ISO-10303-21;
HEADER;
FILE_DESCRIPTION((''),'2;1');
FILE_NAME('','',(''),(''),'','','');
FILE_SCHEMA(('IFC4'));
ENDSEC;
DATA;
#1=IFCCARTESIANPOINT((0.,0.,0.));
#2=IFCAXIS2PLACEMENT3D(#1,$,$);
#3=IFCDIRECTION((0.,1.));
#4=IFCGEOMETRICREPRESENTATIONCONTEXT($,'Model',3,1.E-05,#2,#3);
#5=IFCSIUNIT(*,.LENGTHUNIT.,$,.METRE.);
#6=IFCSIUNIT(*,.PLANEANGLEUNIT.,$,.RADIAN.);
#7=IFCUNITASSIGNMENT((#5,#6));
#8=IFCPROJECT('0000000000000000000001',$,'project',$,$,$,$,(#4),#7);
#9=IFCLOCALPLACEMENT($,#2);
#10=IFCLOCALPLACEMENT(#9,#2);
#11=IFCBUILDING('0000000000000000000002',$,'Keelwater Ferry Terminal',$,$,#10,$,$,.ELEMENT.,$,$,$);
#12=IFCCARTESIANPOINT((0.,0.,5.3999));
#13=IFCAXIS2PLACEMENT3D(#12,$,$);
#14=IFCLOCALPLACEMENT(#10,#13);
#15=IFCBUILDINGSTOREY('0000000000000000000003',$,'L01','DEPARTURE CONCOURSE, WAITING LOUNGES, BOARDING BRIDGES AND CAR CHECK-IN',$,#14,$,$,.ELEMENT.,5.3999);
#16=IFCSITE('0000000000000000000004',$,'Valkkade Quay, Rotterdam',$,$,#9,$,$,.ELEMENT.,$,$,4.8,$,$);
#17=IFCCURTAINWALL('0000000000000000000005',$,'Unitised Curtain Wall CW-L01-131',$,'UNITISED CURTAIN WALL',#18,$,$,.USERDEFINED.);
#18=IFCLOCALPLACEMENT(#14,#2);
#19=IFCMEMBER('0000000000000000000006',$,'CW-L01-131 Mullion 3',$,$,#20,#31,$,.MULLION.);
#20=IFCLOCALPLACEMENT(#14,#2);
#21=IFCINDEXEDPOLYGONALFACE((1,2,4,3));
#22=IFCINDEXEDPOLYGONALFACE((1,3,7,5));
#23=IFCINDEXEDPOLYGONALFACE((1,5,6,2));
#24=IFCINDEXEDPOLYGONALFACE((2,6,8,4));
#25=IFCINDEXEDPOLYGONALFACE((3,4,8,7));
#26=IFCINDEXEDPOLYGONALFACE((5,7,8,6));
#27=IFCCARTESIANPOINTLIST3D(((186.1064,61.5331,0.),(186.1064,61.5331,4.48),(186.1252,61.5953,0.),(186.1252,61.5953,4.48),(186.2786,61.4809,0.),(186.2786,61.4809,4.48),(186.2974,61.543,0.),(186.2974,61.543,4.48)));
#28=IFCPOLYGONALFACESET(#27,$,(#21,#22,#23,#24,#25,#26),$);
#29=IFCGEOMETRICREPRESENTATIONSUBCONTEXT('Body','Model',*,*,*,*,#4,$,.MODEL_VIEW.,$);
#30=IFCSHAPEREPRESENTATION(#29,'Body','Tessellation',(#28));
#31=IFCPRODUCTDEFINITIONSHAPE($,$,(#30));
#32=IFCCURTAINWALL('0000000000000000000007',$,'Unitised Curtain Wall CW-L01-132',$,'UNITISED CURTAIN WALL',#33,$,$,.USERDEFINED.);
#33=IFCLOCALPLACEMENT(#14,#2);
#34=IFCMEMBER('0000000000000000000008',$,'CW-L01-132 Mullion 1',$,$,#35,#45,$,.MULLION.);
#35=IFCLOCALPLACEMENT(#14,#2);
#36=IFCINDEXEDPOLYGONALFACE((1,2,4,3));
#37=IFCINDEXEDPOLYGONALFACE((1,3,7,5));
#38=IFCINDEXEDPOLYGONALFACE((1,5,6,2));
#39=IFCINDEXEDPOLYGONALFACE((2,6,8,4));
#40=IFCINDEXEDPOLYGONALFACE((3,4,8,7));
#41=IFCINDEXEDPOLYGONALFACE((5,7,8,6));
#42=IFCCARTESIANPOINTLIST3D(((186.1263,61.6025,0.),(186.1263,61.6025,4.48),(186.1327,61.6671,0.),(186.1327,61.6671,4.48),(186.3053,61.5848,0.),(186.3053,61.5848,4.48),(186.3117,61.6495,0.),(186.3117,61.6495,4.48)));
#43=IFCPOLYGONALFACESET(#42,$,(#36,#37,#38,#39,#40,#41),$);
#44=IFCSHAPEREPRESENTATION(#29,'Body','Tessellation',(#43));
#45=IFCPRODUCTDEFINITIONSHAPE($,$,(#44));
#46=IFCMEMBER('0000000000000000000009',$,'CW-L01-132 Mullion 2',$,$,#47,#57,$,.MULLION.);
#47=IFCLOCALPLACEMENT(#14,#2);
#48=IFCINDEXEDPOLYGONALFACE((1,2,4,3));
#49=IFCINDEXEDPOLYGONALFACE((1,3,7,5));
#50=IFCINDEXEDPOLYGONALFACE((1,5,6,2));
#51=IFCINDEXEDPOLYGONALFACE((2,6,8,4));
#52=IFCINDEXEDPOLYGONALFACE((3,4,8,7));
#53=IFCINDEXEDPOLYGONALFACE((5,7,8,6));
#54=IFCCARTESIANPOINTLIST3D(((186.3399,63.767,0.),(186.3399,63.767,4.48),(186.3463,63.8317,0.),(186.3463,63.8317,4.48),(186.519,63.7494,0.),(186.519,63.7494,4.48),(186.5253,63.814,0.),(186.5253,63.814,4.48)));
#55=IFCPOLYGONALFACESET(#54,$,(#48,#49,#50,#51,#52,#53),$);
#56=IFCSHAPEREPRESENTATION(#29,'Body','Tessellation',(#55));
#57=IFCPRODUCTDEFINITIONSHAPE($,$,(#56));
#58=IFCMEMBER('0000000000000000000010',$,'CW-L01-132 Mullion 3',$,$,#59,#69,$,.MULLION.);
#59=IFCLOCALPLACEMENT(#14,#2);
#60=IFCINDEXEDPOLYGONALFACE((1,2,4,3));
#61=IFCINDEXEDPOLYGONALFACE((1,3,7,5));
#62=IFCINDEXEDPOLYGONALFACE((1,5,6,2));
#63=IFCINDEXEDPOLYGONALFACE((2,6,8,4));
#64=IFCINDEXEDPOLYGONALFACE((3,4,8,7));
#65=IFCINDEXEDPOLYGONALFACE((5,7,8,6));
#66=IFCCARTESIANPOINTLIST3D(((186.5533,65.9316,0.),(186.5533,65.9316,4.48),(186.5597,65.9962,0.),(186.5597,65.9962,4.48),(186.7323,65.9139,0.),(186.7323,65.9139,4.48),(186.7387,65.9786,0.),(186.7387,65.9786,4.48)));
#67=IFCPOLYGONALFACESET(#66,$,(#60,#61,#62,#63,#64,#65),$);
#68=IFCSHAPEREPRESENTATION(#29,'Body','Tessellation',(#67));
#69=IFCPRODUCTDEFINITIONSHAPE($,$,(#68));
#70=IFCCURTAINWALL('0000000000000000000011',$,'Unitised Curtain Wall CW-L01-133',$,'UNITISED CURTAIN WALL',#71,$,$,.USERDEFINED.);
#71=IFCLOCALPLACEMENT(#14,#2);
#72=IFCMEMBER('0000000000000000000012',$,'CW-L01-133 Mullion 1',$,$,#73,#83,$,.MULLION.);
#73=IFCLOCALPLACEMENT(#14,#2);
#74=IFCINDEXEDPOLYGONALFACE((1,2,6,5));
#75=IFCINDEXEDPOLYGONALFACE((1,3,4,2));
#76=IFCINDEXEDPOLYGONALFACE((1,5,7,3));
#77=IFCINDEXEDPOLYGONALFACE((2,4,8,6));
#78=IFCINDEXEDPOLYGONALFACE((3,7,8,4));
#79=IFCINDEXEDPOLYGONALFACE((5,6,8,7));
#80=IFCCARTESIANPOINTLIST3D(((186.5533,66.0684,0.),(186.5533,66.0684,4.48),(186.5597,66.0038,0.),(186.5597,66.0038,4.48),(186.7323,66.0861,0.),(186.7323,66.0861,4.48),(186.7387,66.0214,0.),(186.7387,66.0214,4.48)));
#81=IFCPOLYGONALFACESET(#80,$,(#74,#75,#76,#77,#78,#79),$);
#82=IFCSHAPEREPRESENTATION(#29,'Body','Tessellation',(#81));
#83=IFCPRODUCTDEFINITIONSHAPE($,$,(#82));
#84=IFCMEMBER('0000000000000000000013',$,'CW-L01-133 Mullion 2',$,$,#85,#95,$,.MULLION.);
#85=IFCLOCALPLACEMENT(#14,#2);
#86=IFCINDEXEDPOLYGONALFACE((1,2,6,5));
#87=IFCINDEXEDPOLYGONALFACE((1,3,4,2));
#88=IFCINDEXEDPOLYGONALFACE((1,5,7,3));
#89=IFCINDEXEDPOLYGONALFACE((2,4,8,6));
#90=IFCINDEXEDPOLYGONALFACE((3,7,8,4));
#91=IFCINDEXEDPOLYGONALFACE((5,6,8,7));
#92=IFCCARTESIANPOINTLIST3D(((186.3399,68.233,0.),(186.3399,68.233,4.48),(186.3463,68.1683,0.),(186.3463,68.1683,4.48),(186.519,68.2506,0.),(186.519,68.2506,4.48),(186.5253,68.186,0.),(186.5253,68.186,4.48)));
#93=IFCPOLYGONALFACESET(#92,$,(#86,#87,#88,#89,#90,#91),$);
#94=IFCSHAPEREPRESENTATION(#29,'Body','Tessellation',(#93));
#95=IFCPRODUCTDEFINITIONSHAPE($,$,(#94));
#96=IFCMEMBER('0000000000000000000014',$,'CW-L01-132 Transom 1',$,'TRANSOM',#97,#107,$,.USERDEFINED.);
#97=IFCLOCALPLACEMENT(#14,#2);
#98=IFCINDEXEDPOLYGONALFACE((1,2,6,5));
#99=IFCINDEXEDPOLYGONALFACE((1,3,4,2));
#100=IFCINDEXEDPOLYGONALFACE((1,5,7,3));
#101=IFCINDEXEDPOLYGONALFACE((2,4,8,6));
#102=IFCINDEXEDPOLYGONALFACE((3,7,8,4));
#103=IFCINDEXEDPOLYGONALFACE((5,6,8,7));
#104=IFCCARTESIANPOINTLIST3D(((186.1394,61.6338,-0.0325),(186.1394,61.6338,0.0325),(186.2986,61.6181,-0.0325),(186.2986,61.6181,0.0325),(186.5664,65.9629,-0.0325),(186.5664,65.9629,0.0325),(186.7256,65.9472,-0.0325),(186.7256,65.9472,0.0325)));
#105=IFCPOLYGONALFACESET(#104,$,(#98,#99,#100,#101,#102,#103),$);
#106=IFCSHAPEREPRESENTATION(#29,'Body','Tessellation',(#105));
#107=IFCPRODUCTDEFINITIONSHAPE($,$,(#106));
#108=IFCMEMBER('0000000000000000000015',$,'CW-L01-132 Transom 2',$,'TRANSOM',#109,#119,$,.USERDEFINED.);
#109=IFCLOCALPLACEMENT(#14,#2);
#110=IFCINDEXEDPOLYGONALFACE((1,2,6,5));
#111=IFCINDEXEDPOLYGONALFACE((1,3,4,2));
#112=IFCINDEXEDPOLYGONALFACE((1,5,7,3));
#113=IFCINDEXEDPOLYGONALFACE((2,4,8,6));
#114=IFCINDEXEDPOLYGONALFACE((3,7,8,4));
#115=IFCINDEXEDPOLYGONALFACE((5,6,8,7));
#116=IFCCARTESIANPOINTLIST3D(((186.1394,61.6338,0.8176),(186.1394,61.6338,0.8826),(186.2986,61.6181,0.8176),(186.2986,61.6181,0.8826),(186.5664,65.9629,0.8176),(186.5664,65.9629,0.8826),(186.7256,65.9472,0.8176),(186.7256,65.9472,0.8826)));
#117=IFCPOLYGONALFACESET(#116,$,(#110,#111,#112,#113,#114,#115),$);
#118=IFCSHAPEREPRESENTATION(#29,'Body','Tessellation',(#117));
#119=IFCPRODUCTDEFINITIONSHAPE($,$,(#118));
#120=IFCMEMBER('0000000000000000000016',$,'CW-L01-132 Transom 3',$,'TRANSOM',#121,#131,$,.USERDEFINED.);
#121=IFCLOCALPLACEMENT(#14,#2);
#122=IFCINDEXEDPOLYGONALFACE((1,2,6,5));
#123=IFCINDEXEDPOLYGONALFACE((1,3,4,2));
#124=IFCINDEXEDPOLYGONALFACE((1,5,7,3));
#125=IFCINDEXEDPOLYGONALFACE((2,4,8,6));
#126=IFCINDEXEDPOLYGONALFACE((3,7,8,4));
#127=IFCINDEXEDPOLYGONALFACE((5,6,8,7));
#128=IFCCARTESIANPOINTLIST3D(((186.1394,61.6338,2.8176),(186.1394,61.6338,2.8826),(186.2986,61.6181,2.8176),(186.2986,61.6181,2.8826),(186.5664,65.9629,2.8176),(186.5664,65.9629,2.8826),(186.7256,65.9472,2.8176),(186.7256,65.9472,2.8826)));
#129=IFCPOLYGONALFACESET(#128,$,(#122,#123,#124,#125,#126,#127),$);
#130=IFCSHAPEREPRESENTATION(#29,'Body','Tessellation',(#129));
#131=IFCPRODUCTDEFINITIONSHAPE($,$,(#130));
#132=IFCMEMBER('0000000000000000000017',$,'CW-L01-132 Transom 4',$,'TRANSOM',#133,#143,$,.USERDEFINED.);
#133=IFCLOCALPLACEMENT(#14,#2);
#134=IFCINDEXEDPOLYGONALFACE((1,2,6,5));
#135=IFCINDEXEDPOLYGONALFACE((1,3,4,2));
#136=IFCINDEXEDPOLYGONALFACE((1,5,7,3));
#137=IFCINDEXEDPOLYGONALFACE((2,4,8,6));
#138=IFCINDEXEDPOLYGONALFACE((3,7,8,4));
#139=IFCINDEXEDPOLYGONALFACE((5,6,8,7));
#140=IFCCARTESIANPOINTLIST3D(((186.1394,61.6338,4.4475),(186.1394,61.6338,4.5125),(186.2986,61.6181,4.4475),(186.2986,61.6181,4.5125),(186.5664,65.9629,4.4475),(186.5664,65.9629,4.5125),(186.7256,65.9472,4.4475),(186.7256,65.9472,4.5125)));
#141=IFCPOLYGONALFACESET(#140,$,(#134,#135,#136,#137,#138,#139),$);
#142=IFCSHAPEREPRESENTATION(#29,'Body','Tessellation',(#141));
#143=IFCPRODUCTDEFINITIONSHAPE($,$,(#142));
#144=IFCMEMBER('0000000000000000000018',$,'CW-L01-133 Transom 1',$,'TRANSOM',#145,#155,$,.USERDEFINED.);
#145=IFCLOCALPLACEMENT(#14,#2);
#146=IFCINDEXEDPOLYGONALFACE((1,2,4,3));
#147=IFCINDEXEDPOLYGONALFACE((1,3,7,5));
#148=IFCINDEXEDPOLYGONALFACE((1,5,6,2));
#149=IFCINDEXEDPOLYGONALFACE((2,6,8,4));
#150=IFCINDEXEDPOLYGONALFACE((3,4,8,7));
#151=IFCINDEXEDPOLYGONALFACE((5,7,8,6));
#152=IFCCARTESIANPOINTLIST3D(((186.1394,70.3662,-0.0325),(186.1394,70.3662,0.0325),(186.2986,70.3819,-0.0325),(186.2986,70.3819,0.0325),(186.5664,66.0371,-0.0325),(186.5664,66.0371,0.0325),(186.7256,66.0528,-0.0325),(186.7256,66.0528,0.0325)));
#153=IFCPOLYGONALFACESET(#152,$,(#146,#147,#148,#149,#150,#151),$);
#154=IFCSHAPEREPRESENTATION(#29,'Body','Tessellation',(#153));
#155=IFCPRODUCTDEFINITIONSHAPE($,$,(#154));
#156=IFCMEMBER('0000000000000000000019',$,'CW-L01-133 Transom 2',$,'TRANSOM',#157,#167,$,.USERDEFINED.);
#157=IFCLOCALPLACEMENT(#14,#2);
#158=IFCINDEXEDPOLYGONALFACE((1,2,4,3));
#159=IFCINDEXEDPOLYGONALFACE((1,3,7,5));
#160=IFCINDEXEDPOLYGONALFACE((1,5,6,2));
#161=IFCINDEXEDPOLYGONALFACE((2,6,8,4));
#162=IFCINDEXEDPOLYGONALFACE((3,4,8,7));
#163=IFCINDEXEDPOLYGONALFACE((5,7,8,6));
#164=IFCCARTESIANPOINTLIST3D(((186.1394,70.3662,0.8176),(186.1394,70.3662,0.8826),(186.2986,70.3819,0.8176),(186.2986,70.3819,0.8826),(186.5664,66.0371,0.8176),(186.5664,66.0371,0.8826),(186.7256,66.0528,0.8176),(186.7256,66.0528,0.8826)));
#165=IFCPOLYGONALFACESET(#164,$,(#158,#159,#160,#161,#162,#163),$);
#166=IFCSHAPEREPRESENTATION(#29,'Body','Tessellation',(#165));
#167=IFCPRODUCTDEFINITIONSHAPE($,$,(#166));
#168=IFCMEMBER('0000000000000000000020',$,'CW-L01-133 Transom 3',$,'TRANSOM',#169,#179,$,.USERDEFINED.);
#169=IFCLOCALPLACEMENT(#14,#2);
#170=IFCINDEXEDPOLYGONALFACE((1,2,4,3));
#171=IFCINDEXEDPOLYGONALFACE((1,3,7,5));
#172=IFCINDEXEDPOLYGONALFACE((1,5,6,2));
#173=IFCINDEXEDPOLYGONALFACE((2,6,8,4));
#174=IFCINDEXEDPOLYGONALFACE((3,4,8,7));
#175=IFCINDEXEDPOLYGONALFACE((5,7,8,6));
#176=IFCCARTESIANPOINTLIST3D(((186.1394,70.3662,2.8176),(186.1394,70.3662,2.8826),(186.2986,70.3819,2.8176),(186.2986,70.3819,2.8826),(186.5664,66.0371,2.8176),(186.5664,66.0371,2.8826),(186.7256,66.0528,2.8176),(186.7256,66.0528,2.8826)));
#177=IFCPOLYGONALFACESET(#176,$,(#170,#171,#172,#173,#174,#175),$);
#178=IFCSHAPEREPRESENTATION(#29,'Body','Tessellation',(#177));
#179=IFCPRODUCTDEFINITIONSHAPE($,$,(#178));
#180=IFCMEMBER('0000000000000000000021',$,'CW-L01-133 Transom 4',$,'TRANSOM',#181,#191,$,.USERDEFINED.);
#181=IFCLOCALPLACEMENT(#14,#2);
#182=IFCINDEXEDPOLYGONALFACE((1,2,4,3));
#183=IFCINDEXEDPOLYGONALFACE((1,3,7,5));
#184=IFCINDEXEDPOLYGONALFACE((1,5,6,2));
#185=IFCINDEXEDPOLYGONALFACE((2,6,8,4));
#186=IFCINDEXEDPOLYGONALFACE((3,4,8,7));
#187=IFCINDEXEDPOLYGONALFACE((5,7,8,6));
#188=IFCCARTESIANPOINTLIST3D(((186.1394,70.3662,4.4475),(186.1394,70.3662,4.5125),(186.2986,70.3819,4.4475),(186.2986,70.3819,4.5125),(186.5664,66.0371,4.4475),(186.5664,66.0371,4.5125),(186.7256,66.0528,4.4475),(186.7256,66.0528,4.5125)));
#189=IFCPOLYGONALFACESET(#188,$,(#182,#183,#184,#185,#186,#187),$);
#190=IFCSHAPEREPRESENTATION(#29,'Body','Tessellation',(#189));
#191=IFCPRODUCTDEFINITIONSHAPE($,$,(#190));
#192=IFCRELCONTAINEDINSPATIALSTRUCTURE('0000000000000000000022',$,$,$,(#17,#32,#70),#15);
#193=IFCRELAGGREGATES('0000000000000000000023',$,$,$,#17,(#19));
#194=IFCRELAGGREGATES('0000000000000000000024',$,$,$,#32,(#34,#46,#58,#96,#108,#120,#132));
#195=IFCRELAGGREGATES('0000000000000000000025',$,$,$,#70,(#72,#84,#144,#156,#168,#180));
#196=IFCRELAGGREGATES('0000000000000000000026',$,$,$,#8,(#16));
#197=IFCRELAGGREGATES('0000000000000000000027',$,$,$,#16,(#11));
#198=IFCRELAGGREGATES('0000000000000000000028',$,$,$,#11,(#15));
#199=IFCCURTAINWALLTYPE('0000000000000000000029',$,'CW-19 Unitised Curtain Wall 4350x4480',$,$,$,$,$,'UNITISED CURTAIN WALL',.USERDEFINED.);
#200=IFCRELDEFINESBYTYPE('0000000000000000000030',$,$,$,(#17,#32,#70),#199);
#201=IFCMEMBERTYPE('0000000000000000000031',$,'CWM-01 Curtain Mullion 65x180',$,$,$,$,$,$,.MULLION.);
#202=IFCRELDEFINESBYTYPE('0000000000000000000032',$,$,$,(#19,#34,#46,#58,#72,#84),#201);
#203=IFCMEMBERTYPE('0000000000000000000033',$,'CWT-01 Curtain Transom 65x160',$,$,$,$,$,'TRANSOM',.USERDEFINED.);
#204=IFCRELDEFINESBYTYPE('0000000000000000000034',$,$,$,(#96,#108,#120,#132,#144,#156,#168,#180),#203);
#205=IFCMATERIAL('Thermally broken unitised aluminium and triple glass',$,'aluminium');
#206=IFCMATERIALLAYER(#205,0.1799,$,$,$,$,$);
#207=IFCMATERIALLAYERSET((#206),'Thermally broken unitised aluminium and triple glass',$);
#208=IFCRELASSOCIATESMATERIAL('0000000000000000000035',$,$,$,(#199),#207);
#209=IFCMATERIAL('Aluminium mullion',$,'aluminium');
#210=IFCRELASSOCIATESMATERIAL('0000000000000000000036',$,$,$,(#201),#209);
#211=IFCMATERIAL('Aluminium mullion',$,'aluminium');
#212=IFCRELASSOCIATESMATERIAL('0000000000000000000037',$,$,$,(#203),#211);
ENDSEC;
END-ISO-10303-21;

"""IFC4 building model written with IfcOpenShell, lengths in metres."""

from ifc_helpers import new_model, si_unit, direction, frame, origin, origin_2d, place, context, subcontext, project, spatial, rectangle, extrude, material, layer, layer_set, material_profile, profile_set, type_object, element, aggregate, save


model = new_model("IFC4")

# Units and contexts
model_context = context("Model", 3, precision=1e-05, world=origin(), true_north=direction((0.0, 1.0)))
body_context = subcontext(model_context, "Body", "Model", "MODEL_VIEW")
ifc_project = project(units=[si_unit("LENGTHUNIT", "METRE"), si_unit("PLANEANGLEUNIT", "RADIAN")], contexts=[model_context])

# Site, building, storey
site_placement = place(None, origin())
site = spatial("IfcSite", under=ifc_project, at=site_placement, Name="Valkkade Quay, Rotterdam", CompositionType="ELEMENT", RefElevation=4.8)
building_placement = place(site_placement, origin())
building = spatial("IfcBuilding", under=site, at=building_placement, Name="Keelwater Ferry Terminal", CompositionType="ELEMENT")
storey_placement = place(building_placement, frame((0.0, 0.0, 5.3999)))
storey = spatial("IfcBuildingStorey", under=building, at=storey_placement, Name="L01", Description="DEPARTURE CONCOURSE, WAITING LOUNGES, BOARDING BRIDGES AND CAR CHECK-IN", CompositionType="ELEMENT", Elevation=5.3999)

# Curtain wall, member
ifc_material_1 = material(Name="Thermally broken unitised aluminium and triple glass", Category="aluminium")
ifc_layer_1 = layer(ifc_material_1, 0.1799)
ifc_layer_set_1 = layer_set([ifc_layer_1], Name="Thermally broken unitised aluminium and triple glass")
curtain_wall_type = type_object("IfcCurtainWallType", Name="CW-19 Unitised Curtain Wall 4350x4480", ElementType="UNITISED CURTAIN WALL", PredefinedType="USERDEFINED", material=ifc_layer_set_1)
curtain_wall_1_placement = place(storey_placement, origin())
curtain_wall_1 = element("IfcCurtainWall", 1, at=curtain_wall_1_placement, inside=storey, type_object=curtain_wall_type, Name="Unitised Curtain Wall CW-L01-131", ObjectType="UNITISED CURTAIN WALL", PredefinedType="USERDEFINED")
ifc_material_2 = material(Name="Aluminium mullion", Category="aluminium")
ifc_material_profile_1 = material_profile(ifc_material_2, rectangle(XDim=0.0649, YDim=0.1799, at=origin_2d()), Name="CWM-01")
ifc_profile_set_1 = profile_set([ifc_material_profile_1], Name="Aluminium mullion")
member_type_1 = type_object("IfcMemberType", Name="CWM-01 Curtain Mullion 65x180", PredefinedType="MULLION", material=ifc_profile_set_1)
member_1_placement = place(storey_placement, frame((186.2019, 61.5381, 0.0), z_axis=(0.0, 0.0, 1.0), x_axis=(0.29032, 0.95693, 0.0)))
member_1 = element("IfcMember", 2, at=member_1_placement, type_object=member_type_1, Name="CW-L01-131 Mullion 3", PredefinedType="MULLION", context=body_context, shape_type="SweptSolid", body=[
    extrude(rectangle(XDim=0.0649, YDim=0.1799, at=origin_2d()), origin(), (0.0, 0.0, 1.0), 4.48),
])
aggregate(curtain_wall_1, [member_1])

# Curtain walls, members
curtain_wall_2_placement = place(storey_placement, origin())
curtain_wall_2 = element("IfcCurtainWall", 3, at=curtain_wall_2_placement, inside=storey, type_object=curtain_wall_type, Name="Unitised Curtain Wall CW-L01-132", ObjectType="UNITISED CURTAIN WALL", PredefinedType="USERDEFINED")
member_2_placement = place(storey_placement, frame((186.219, 61.626, 0.0), z_axis=(0.0, 0.0, 1.0), x_axis=(0.098161, 0.995171, 0.0)))
member_2 = element("IfcMember", 4, at=member_2_placement, type_object=member_type_1, Name="CW-L01-132 Mullion 1", PredefinedType="MULLION", context=body_context, shape_type="SweptSolid", body=[
    extrude(rectangle(XDim=0.0649, YDim=0.1799, at=origin_2d()), origin(), (0.0, 0.0, 1.0), 4.48),
])
member_3_placement = place(storey_placement, frame((186.4326, 63.7905, 0.0), z_axis=(0.0, 0.0, 1.0), x_axis=(0.098161, 0.995171, 0.0)))
member_3 = element("IfcMember", 5, at=member_3_placement, type_object=member_type_1, Name="CW-L01-132 Mullion 2", PredefinedType="MULLION", context=body_context, shape_type="SweptSolid", body=[
    extrude(rectangle(XDim=0.0649, YDim=0.1799, at=origin_2d()), origin(), (0.0, 0.0, 1.0), 4.48),
])
member_4_placement = place(storey_placement, frame((186.646, 65.9551, 0.0), z_axis=(0.0, 0.0, 1.0), x_axis=(0.098161, 0.995171, 0.0)))
member_4 = element("IfcMember", 6, at=member_4_placement, type_object=member_type_1, Name="CW-L01-132 Mullion 3", PredefinedType="MULLION", context=body_context, shape_type="SweptSolid", body=[
    extrude(rectangle(XDim=0.0649, YDim=0.1799, at=origin_2d()), origin(), (0.0, 0.0, 1.0), 4.48),
])
curtain_wall_3_placement = place(storey_placement, origin())
curtain_wall_3 = element("IfcCurtainWall", 7, at=curtain_wall_3_placement, inside=storey, type_object=curtain_wall_type, Name="Unitised Curtain Wall CW-L01-133", ObjectType="UNITISED CURTAIN WALL", PredefinedType="USERDEFINED")
member_5_placement = place(storey_placement, frame((186.646, 66.0449, 0.0), z_axis=(0.0, 0.0, 1.0), x_axis=(-0.098161, 0.995171, 0.0)))
member_5 = element("IfcMember", 8, at=member_5_placement, type_object=member_type_1, Name="CW-L01-133 Mullion 1", PredefinedType="MULLION", context=body_context, shape_type="SweptSolid", body=[
    extrude(rectangle(XDim=0.0649, YDim=0.1799, at=origin_2d()), origin(), (0.0, 0.0, 1.0), 4.48),
])
member_6_placement = place(storey_placement, frame((186.4326, 68.2095, 0.0), z_axis=(0.0, 0.0, 1.0), x_axis=(-0.098161, 0.995171, 0.0)))
member_6 = element("IfcMember", 9, at=member_6_placement, type_object=member_type_1, Name="CW-L01-133 Mullion 2", PredefinedType="MULLION", context=body_context, shape_type="SweptSolid", body=[
    extrude(rectangle(XDim=0.0649, YDim=0.1799, at=origin_2d()), origin(), (0.0, 0.0, 1.0), 4.48),
])

# Members
ifc_material_3 = material(Name="Aluminium mullion", Category="aluminium")
ifc_material_profile_2 = material_profile(ifc_material_3, rectangle(XDim=0.1599, YDim=0.0649, at=origin_2d()), Name="CWT-01")
ifc_profile_set_2 = profile_set([ifc_material_profile_2], Name="Aluminium mullion")
member_type_2 = type_object("IfcMemberType", Name="CWT-01 Curtain Transom 65x160", ElementType="TRANSOM", PredefinedType="USERDEFINED", material=ifc_profile_set_2)
member_7_placement = place(storey_placement, frame((186.219, 61.626, 0.0), z_axis=(0.098159, 0.995171, 0.0), x_axis=(-0.995171, 0.098159, 0.0)))
member_7 = element("IfcMember", 10, at=member_7_placement, type_object=member_type_2, Name="CW-L01-132 Transom 1", ObjectType="TRANSOM", PredefinedType="USERDEFINED", context=body_context, shape_type="SweptSolid", body=[
    extrude(rectangle(XDim=0.1599, YDim=0.0649, at=origin_2d()), origin(), (0.0, 0.0, 1.0), 4.3501),
])
member_8_placement = place(storey_placement, frame((186.219, 61.626, 0.8501), z_axis=(0.098159, 0.995171, 0.0), x_axis=(-0.995171, 0.098159, 0.0)))
member_8 = element("IfcMember", 11, at=member_8_placement, type_object=member_type_2, Name="CW-L01-132 Transom 2", ObjectType="TRANSOM", PredefinedType="USERDEFINED", context=body_context, shape_type="SweptSolid", body=[
    extrude(rectangle(XDim=0.1599, YDim=0.0649, at=origin_2d()), origin(), (0.0, 0.0, 1.0), 4.3501),
])
member_9_placement = place(storey_placement, frame((186.219, 61.626, 2.8501), z_axis=(0.098159, 0.995171, 0.0), x_axis=(-0.995171, 0.098159, 0.0)))
member_9 = element("IfcMember", 12, at=member_9_placement, type_object=member_type_2, Name="CW-L01-132 Transom 3", ObjectType="TRANSOM", PredefinedType="USERDEFINED", context=body_context, shape_type="SweptSolid", body=[
    extrude(rectangle(XDim=0.1599, YDim=0.0649, at=origin_2d()), origin(), (0.0, 0.0, 1.0), 4.3501),
])
member_10_placement = place(storey_placement, frame((186.219, 61.626, 4.48), z_axis=(0.098159, 0.995171, 0.0), x_axis=(-0.995171, 0.098159, 0.0)))
member_10 = element("IfcMember", 13, at=member_10_placement, type_object=member_type_2, Name="CW-L01-132 Transom 4", ObjectType="TRANSOM", PredefinedType="USERDEFINED", context=body_context, shape_type="SweptSolid", body=[
    extrude(rectangle(XDim=0.1599, YDim=0.0649, at=origin_2d()), origin(), (0.0, 0.0, 1.0), 4.3501),
])
member_11_placement = place(storey_placement, frame((186.646, 66.0449, 0.0), z_axis=(-0.098159, 0.995171, 0.0), x_axis=(-0.995171, -0.098159, 0.0)))
member_11 = element("IfcMember", 14, at=member_11_placement, type_object=member_type_2, Name="CW-L01-133 Transom 1", ObjectType="TRANSOM", PredefinedType="USERDEFINED", context=body_context, shape_type="SweptSolid", body=[
    extrude(rectangle(XDim=0.1599, YDim=0.0649, at=origin_2d()), origin(), (0.0, 0.0, 1.0), 4.3501),
])
member_12_placement = place(storey_placement, frame((186.646, 66.0449, 0.8501), z_axis=(-0.098159, 0.995171, 0.0), x_axis=(-0.995171, -0.098159, 0.0)))
member_12 = element("IfcMember", 15, at=member_12_placement, type_object=member_type_2, Name="CW-L01-133 Transom 2", ObjectType="TRANSOM", PredefinedType="USERDEFINED", context=body_context, shape_type="SweptSolid", body=[
    extrude(rectangle(XDim=0.1599, YDim=0.0649, at=origin_2d()), origin(), (0.0, 0.0, 1.0), 4.3501),
])
member_13_placement = place(storey_placement, frame((186.646, 66.0449, 2.8501), z_axis=(-0.098159, 0.995171, 0.0), x_axis=(-0.995171, -0.098159, 0.0)))
member_13 = element("IfcMember", 16, at=member_13_placement, type_object=member_type_2, Name="CW-L01-133 Transom 3", ObjectType="TRANSOM", PredefinedType="USERDEFINED", context=body_context, shape_type="SweptSolid", body=[
    extrude(rectangle(XDim=0.1599, YDim=0.0649, at=origin_2d()), origin(), (0.0, 0.0, 1.0), 4.3501),
])
member_14_placement = place(storey_placement, frame((186.646, 66.0449, 4.48), z_axis=(-0.098159, 0.995171, 0.0), x_axis=(-0.995171, -0.098159, 0.0)))
member_14 = element("IfcMember", 17, at=member_14_placement, type_object=member_type_2, Name="CW-L01-133 Transom 4", ObjectType="TRANSOM", PredefinedType="USERDEFINED", context=body_context, shape_type="SweptSolid", body=[
    extrude(rectangle(XDim=0.1599, YDim=0.0649, at=origin_2d()), origin(), (0.0, 0.0, 1.0), 4.3501),
])

aggregate(curtain_wall_2, [member_2, member_3, member_4, member_7, member_8, member_9, member_10])
aggregate(curtain_wall_3, [member_5, member_6, member_11, member_12, member_13, member_14])

save(model, "model.ifc")
